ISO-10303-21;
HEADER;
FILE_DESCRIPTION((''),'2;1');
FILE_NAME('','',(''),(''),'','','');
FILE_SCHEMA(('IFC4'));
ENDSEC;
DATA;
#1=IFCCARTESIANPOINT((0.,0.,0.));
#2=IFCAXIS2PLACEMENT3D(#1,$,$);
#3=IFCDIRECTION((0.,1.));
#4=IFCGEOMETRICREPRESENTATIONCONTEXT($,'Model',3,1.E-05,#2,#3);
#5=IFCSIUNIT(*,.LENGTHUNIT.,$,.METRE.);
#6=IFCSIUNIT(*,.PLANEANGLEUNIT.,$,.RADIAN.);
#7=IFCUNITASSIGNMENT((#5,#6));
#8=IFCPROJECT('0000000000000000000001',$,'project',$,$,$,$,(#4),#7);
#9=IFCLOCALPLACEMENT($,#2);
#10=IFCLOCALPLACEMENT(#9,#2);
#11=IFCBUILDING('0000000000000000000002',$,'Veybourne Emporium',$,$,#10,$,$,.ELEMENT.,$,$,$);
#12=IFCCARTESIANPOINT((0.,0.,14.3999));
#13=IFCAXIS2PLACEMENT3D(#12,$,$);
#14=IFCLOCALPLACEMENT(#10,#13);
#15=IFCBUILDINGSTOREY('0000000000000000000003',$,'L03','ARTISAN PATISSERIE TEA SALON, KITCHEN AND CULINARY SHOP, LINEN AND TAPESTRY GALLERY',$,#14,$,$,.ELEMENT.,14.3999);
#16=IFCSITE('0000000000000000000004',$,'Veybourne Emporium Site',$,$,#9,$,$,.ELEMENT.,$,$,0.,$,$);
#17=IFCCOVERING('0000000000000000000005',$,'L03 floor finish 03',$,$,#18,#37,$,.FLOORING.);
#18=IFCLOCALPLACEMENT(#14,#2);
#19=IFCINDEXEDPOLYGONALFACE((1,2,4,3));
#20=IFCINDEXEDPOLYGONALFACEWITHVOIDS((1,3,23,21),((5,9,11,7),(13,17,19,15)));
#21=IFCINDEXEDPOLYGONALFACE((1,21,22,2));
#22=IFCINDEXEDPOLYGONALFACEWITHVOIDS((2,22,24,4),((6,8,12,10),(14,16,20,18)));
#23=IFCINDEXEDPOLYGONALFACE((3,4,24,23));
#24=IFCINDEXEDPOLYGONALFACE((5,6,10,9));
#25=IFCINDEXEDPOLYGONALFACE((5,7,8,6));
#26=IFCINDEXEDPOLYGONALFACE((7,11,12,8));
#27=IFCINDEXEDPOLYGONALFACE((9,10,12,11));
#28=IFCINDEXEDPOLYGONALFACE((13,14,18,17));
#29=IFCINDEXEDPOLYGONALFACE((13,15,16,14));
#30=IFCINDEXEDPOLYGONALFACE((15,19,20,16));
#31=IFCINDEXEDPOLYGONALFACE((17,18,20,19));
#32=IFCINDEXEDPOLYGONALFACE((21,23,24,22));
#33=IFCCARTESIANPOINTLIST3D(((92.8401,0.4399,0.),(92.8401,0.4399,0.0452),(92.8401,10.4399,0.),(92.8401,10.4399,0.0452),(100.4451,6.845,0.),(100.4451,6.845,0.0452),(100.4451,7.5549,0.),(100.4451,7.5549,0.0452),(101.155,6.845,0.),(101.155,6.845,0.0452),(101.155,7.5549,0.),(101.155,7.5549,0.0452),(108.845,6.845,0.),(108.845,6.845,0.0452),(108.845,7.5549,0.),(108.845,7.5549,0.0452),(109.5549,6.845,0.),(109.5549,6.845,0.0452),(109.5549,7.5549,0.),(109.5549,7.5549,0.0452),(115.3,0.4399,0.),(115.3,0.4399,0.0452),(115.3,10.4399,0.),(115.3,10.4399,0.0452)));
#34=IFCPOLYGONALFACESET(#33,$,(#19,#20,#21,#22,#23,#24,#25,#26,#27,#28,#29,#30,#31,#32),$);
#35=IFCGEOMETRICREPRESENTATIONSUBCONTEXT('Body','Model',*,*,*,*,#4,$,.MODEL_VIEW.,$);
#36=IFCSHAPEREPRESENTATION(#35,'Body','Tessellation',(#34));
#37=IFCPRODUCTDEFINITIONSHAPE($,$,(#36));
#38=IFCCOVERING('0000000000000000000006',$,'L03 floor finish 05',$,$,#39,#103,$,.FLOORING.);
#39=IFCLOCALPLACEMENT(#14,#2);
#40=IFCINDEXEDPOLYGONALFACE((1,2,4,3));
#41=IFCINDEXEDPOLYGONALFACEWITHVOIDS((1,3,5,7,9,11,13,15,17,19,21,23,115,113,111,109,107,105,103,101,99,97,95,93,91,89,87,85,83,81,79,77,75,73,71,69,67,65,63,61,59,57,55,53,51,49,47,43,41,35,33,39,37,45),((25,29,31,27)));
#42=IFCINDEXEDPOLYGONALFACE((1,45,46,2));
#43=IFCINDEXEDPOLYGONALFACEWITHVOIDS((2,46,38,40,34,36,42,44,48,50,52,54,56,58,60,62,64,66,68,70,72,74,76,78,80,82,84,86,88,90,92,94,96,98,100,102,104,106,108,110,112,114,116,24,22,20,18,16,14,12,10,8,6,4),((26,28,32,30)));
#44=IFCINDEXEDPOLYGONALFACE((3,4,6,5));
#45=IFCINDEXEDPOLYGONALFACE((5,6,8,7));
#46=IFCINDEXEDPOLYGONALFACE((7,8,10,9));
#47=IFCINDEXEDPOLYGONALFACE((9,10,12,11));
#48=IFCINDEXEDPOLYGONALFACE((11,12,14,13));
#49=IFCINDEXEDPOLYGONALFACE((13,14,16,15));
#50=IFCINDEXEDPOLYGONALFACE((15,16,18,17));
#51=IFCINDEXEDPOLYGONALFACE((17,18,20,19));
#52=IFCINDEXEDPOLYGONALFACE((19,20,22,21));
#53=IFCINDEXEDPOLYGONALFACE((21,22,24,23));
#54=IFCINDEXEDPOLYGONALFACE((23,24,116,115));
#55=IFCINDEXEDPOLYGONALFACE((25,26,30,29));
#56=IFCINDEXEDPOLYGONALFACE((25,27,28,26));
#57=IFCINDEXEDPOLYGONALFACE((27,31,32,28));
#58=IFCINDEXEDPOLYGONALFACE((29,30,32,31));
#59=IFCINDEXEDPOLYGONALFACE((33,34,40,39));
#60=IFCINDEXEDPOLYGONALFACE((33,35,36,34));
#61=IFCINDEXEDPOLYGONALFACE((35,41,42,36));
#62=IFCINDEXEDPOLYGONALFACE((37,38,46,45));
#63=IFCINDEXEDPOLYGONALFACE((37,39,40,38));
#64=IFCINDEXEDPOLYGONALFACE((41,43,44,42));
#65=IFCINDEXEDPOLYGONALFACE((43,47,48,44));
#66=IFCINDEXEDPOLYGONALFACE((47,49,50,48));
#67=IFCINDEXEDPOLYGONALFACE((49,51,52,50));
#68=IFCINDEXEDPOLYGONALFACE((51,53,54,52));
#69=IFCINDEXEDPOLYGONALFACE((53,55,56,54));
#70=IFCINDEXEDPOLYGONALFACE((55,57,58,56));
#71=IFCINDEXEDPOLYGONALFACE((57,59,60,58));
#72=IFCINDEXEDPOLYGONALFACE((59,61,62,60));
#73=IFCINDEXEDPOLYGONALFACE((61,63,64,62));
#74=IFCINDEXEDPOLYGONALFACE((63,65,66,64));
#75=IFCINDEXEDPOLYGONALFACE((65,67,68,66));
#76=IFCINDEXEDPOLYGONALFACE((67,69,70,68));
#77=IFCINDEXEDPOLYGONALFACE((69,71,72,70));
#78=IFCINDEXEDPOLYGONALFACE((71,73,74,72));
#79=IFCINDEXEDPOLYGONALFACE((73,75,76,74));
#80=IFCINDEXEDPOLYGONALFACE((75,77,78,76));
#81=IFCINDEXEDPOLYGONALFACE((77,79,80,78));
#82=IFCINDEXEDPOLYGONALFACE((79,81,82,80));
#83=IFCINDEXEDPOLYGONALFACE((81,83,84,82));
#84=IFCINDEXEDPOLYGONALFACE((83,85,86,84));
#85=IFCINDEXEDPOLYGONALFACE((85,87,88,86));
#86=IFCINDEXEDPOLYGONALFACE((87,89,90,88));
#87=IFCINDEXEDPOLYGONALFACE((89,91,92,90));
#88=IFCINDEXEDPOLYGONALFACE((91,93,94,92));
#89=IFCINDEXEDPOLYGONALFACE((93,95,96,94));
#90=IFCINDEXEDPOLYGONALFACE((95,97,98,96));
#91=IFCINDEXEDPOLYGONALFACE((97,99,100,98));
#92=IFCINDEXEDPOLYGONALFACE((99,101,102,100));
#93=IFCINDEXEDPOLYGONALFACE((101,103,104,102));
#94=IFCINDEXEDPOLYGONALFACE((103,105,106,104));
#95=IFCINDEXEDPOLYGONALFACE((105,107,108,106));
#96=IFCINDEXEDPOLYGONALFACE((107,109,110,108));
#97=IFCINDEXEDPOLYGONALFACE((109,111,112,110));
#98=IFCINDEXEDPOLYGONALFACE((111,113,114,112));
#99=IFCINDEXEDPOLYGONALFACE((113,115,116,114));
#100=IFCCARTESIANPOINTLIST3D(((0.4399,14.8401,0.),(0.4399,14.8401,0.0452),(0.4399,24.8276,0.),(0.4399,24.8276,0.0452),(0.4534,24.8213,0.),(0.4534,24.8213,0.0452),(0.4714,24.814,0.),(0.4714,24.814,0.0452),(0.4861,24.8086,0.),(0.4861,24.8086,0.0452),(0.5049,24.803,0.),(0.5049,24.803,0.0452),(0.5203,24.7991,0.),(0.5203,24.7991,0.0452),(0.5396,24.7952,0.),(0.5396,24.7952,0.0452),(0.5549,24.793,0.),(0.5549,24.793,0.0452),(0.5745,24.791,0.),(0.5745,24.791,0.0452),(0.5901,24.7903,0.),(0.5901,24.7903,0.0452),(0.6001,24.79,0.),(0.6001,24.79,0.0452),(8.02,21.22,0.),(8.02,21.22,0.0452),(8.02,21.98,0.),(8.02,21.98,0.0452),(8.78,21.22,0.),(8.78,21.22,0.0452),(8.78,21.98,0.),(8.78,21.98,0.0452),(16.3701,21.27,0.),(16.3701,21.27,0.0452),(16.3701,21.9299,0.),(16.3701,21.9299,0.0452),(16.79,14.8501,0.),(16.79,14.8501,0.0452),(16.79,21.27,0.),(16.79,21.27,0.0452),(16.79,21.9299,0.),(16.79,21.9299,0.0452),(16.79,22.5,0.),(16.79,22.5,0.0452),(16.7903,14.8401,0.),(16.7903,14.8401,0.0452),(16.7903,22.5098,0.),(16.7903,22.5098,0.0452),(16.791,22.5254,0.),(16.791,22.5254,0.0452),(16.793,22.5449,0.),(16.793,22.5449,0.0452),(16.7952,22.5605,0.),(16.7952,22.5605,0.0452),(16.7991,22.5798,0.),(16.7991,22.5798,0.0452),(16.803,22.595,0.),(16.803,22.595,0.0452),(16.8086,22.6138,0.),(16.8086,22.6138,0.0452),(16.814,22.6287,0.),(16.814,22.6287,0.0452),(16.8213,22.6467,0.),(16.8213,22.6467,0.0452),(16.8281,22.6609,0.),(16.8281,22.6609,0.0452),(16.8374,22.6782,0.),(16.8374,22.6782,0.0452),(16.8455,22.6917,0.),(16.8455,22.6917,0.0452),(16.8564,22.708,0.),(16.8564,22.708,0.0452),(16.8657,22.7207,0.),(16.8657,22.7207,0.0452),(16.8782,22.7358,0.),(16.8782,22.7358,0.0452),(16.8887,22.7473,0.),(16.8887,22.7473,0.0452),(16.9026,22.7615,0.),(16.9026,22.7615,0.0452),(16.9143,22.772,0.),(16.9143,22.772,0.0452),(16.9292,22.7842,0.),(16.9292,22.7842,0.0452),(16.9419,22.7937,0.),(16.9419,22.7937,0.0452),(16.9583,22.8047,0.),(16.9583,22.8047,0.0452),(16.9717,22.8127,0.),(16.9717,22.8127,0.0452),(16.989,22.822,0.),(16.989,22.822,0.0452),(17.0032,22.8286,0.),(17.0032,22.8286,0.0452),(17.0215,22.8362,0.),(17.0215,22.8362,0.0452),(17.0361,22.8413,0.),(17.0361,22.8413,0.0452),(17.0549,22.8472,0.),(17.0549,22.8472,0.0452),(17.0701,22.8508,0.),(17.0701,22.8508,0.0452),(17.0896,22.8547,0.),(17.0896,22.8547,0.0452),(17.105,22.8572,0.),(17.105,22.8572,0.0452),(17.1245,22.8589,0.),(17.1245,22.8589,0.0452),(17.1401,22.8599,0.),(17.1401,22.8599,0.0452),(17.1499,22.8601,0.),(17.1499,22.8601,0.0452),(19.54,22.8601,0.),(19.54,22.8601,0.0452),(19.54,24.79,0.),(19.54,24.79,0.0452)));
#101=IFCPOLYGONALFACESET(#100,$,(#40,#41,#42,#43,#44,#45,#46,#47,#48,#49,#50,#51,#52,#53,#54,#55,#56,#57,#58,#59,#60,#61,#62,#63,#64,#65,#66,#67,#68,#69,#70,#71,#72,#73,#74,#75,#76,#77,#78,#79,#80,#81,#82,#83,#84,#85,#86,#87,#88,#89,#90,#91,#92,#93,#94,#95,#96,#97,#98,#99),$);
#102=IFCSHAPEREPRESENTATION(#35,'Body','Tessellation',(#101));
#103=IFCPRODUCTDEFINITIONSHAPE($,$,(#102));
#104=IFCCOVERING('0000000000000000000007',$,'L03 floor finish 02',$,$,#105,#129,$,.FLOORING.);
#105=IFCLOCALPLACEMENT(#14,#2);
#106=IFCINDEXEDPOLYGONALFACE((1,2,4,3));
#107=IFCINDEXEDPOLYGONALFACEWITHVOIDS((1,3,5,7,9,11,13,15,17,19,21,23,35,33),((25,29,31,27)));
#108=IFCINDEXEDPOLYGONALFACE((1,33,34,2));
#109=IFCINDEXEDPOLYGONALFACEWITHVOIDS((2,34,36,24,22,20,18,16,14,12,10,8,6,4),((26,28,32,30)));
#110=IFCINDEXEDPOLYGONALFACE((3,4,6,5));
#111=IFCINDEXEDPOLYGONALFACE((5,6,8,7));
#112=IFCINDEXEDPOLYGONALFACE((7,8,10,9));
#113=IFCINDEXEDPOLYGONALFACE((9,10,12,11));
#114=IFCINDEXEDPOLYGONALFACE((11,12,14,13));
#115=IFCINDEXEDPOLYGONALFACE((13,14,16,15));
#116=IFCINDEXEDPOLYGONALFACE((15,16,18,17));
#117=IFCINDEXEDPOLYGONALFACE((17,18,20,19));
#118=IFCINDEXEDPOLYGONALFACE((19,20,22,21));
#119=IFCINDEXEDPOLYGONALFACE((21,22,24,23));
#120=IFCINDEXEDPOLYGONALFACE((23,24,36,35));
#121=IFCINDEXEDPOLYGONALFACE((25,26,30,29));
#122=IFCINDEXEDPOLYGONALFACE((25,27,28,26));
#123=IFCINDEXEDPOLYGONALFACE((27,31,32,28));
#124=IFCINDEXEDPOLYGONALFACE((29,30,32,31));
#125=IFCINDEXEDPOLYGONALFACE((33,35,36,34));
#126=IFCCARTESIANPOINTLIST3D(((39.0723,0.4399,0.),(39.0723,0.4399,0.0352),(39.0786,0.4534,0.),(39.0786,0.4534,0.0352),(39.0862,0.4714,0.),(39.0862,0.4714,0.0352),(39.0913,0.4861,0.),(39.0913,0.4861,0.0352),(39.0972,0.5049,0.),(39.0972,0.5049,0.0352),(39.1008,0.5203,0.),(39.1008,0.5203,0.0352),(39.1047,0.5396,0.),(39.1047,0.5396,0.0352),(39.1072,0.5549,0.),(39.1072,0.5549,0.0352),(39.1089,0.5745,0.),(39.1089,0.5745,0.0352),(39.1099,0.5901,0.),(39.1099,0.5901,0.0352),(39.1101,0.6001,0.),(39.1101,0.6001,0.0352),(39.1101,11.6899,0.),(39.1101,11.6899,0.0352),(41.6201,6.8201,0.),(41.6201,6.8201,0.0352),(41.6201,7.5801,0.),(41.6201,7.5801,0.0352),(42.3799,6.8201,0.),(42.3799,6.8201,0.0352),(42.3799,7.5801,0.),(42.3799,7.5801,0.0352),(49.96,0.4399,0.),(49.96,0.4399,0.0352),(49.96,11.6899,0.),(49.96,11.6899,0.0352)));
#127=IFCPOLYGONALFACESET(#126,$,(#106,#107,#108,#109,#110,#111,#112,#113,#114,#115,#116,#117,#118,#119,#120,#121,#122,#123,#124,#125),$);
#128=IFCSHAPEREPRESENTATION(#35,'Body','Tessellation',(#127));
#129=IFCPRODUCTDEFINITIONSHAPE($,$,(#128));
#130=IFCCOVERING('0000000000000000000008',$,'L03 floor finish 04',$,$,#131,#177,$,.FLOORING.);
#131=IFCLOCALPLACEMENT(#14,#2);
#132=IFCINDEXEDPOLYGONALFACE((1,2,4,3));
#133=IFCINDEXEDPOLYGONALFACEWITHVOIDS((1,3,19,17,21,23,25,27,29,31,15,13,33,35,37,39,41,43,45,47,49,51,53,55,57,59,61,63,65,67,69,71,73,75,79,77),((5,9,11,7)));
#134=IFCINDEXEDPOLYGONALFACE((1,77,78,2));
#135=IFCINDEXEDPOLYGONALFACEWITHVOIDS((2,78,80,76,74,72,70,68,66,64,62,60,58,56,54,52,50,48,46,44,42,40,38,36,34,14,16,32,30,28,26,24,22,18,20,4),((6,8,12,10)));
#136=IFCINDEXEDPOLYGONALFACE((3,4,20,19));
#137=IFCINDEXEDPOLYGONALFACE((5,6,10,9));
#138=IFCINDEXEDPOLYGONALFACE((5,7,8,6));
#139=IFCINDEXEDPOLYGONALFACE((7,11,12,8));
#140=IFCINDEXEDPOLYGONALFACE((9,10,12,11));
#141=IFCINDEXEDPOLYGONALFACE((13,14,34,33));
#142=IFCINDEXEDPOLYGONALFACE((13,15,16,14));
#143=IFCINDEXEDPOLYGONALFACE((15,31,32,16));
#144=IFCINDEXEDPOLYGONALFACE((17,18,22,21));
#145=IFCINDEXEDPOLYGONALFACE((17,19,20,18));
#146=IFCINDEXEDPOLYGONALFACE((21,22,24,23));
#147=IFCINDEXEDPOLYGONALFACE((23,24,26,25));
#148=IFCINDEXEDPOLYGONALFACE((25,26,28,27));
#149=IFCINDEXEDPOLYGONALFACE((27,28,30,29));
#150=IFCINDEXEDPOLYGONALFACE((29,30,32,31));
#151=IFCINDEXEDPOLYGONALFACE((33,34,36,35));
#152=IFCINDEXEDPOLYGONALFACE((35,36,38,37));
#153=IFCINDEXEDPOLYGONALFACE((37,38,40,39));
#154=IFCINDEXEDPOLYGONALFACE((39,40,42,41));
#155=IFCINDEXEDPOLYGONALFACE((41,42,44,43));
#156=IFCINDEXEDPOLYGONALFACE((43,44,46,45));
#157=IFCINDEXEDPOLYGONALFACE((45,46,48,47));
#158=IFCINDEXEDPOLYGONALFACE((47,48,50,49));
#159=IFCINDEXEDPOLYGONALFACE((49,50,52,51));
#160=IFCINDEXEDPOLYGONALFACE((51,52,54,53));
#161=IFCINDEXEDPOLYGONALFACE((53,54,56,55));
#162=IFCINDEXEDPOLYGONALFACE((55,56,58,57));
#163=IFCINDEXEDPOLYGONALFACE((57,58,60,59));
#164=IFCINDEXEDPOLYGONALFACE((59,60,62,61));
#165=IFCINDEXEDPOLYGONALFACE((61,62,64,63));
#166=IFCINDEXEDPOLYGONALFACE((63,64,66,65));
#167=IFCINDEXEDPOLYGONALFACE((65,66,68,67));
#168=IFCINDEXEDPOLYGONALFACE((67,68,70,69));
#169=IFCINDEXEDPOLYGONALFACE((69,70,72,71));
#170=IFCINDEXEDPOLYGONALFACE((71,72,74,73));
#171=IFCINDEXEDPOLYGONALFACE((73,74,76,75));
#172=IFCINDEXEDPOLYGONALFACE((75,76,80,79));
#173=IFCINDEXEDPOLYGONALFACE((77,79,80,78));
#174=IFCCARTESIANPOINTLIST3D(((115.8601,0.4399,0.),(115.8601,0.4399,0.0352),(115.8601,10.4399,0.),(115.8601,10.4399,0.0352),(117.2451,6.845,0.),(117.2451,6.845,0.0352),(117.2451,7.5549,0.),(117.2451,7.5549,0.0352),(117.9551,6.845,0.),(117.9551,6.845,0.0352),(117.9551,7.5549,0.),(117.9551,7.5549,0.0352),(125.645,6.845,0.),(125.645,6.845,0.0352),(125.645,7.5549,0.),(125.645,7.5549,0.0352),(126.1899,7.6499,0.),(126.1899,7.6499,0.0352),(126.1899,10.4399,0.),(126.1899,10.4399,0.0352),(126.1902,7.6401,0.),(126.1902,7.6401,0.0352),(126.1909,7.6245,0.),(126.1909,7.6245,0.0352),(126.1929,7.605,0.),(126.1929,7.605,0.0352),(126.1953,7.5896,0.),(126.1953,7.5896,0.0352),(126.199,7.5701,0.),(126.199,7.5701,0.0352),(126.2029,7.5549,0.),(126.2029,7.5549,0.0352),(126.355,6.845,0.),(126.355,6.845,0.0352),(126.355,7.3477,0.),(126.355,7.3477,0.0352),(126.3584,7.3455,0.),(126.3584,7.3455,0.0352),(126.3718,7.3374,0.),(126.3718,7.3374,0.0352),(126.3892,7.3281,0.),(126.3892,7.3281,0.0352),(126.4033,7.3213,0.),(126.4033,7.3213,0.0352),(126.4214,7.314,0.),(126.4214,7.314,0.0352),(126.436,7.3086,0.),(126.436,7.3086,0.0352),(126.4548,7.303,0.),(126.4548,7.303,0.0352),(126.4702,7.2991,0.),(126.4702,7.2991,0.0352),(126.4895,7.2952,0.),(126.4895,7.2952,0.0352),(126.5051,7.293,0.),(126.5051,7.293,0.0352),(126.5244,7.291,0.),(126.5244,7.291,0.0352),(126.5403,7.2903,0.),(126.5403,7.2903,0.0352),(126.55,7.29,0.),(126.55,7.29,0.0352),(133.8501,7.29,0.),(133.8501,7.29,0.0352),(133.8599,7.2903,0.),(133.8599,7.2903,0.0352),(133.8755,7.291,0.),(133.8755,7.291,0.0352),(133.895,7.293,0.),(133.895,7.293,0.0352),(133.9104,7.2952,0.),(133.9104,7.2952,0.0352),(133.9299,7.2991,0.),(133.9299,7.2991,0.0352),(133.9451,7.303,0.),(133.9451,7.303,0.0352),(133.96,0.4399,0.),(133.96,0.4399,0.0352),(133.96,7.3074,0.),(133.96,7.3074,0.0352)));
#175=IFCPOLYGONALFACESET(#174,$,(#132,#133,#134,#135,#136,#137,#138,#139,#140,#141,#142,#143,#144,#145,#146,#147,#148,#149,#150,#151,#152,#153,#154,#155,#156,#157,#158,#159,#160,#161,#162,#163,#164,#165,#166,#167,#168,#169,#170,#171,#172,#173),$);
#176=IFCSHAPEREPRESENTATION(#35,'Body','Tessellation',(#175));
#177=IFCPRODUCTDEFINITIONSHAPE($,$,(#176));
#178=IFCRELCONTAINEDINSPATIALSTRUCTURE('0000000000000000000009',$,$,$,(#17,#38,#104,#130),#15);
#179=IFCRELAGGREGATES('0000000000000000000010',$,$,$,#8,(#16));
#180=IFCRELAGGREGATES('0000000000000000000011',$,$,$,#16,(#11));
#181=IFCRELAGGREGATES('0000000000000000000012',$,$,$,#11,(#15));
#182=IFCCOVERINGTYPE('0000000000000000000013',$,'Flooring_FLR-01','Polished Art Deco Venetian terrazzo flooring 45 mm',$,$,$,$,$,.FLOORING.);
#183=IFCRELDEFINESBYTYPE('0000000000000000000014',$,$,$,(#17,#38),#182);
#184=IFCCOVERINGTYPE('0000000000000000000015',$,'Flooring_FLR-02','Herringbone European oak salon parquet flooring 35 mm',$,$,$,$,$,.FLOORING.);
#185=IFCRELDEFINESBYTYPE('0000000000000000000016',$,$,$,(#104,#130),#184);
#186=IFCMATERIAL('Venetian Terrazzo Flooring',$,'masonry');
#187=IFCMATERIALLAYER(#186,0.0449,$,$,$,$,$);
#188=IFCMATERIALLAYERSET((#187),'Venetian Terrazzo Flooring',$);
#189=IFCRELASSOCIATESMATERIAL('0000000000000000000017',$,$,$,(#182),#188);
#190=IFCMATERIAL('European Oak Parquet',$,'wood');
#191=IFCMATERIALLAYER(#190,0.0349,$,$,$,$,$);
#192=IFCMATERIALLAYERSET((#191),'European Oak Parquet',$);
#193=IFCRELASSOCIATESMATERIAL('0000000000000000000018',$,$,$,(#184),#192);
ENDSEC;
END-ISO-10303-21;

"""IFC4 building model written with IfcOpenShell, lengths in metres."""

from ifc_helpers import new_model, si_unit, direction, frame, origin, place, context, subcontext, project, spatial, polyline, outline, extrude, material, layer, layer_set, type_object, element, save


model = new_model("IFC4")

# Units and contexts
model_context = context("Model", 3, precision=1e-05, world=origin(), true_north=direction((0.0, 1.0)))
body_context = subcontext(model_context, "Body", "Model", "MODEL_VIEW")
ifc_project = project(units=[si_unit("LENGTHUNIT", "METRE"), si_unit("PLANEANGLEUNIT", "RADIAN")], contexts=[model_context])

# Site, building, storey
site_placement = place(None, origin())
site = spatial("IfcSite", under=ifc_project, at=site_placement, Name="Veybourne Emporium Site", CompositionType="ELEMENT", RefElevation=0.0)
building_placement = place(site_placement, origin())
building = spatial("IfcBuilding", under=site, at=building_placement, Name="Veybourne Emporium", CompositionType="ELEMENT")
storey_placement = place(building_placement, frame((0.0, 0.0, 14.3999)))
storey = spatial("IfcBuildingStorey", under=building, at=storey_placement, Name="L03", Description="ARTISAN PATISSERIE TEA SALON, KITCHEN AND CULINARY SHOP, LINEN AND TAPESTRY GALLERY", CompositionType="ELEMENT", Elevation=14.3999)

# Coverings
ifc_material_1 = material(Name="Venetian Terrazzo Flooring", Category="masonry")
ifc_layer_1 = layer(ifc_material_1, 0.0449)
ifc_layer_set_1 = layer_set([ifc_layer_1], Name="Venetian Terrazzo Flooring")
covering_type_1 = type_object("IfcCoveringType", Name="Flooring_FLR-01", Description="Polished Art Deco Venetian terrazzo flooring 45 mm", PredefinedType="FLOORING", material=ifc_layer_set_1)
covering_1_placement = place(storey_placement, origin())
element("IfcCovering", 1, at=covering_1_placement, inside=storey, type_object=covering_type_1, Name="L03 floor finish 03", PredefinedType="FLOORING", context=body_context, shape_type="SweptSolid", body=[
    extrude(outline(polyline([(92.8401, 10.4399), (115.3, 10.4399), (115.3, 0.4399), (92.8401, 0.4399), (92.8401, 10.4399)]), holes=[polyline([(109.5549, 7.5549), (108.845, 7.5549), (108.845, 6.845), (109.5549, 6.845), (109.5549, 7.5549)]), polyline([(100.4451, 7.5549), (100.4451, 6.845), (101.155, 6.845), (101.155, 7.5549), (100.4451, 7.5549)])]), origin(), (0.0, 0.0, 1.0), 0.0452),
])
covering_2_placement = place(storey_placement, origin())
element("IfcCovering", 2, at=covering_2_placement, inside=storey, type_object=covering_type_1, Name="L03 floor finish 05", PredefinedType="FLOORING", context=body_context, shape_type="SweptSolid", body=[
    extrude(outline(polyline([(0.4534, 24.8213), (0.4714, 24.814), (0.4861, 24.8086), (0.5049, 24.803), (0.5203, 24.7991), (0.5396, 24.7952), (0.5549, 24.793), (0.5745, 24.791), (0.5901, 24.7903), (0.6001, 24.79), (19.54, 24.79), (19.54, 22.8601), (17.1499, 22.8601), (17.1401, 22.8599), (17.1245, 22.8589), (17.105, 22.8572), (17.0896, 22.8547), (17.0701, 22.8508), (17.0549, 22.8472), (17.0361, 22.8413), (17.0215, 22.8362), (17.0032, 22.8286), (16.989, 22.822), (16.9717, 22.8127), (16.9583, 22.8047), (16.9419, 22.7937), (16.9292, 22.7842), (16.9143, 22.772), (16.9026, 22.7615), (16.8887, 22.7473), (16.8782, 22.7358), (16.8657, 22.7207), (16.8564, 22.708), (16.8455, 22.6917), (16.8374, 22.6782), (16.8281, 22.6609), (16.8213, 22.6467), (16.814, 22.6287), (16.8086, 22.6138), (16.803, 22.595), (16.7991, 22.5798), (16.7952, 22.5605), (16.793, 22.5449), (16.791, 22.5254), (16.7903, 22.5098), (16.79, 22.5), (16.79, 21.9299), (16.3701, 21.9299), (16.3701, 21.27), (16.79, 21.27), (16.79, 14.8501), (16.7903, 14.8401), (16.7903, 14.8401), (0.4399, 14.8401), (0.4399, 24.8276), (0.4534, 24.8213)]), holes=[polyline([(8.78, 21.98), (8.02, 21.98), (8.02, 21.22), (8.78, 21.22), (8.78, 21.98)])]), origin(), (0.0, 0.0, 1.0), 0.0452),
])
ifc_material_2 = material(Name="European Oak Parquet", Category="wood")
ifc_layer_2 = layer(ifc_material_2, 0.0349)
ifc_layer_set_2 = layer_set([ifc_layer_2], Name="European Oak Parquet")
covering_type_2 = type_object("IfcCoveringType", Name="Flooring_FLR-02", Description="Herringbone European oak salon parquet flooring 35 mm", PredefinedType="FLOORING", material=ifc_layer_set_2)
covering_3_placement = place(storey_placement, origin())
element("IfcCovering", 3, at=covering_3_placement, inside=storey, type_object=covering_type_2, Name="L03 floor finish 02", PredefinedType="FLOORING", context=body_context, shape_type="SweptSolid", body=[
    extrude(outline(polyline([(39.0786, 0.4534), (39.0862, 0.4714), (39.0913, 0.4861), (39.0972, 0.5049), (39.1008, 0.5203), (39.1047, 0.5396), (39.1072, 0.5549), (39.1089, 0.5745), (39.1099, 0.5901), (39.1101, 0.6001), (39.1101, 11.6899), (49.96, 11.6899), (49.96, 0.4399), (39.0723, 0.4399), (39.0786, 0.4534)]), holes=[polyline([(42.3799, 7.5801), (41.6201, 7.5801), (41.6201, 6.8201), (42.3799, 6.8201), (42.3799, 7.5801)])]), origin(), (0.0, 0.0, 1.0), 0.0352),
])
covering_4_placement = place(storey_placement, origin())
element("IfcCovering", 4, at=covering_4_placement, inside=storey, type_object=covering_type_2, Name="L03 floor finish 04", PredefinedType="FLOORING", context=body_context, shape_type="SweptSolid", body=[
    extrude(outline(polyline([(126.3584, 7.3455), (126.3718, 7.3374), (126.3892, 7.3281), (126.4033, 7.3213), (126.4214, 7.314), (126.436, 7.3086), (126.4548, 7.303), (126.4702, 7.2991), (126.4895, 7.2952), (126.5051, 7.293), (126.5244, 7.291), (126.5403, 7.2903), (126.55, 7.29), (133.8501, 7.29), (133.8599, 7.2903), (133.8755, 7.291), (133.895, 7.293), (133.9104, 7.2952), (133.9299, 7.2991), (133.9451, 7.303), (133.96, 7.3074), (133.96, 0.4399), (115.8601, 0.4399), (115.8601, 10.4399), (126.1899, 10.4399), (126.1899, 7.6499), (126.1902, 7.6401), (126.1909, 7.6245), (126.1929, 7.605), (126.1953, 7.5896), (126.199, 7.5701), (126.2029, 7.5549), (125.645, 7.5549), (125.645, 6.845), (126.355, 6.845), (126.355, 7.3477), (126.3584, 7.3455)]), holes=[polyline([(117.2451, 7.5549), (117.2451, 6.845), (117.9551, 6.845), (117.9551, 7.5549), (117.2451, 7.5549)])]), origin(), (0.0, 0.0, 1.0), 0.0352),
])

save(model, "model.ifc")
